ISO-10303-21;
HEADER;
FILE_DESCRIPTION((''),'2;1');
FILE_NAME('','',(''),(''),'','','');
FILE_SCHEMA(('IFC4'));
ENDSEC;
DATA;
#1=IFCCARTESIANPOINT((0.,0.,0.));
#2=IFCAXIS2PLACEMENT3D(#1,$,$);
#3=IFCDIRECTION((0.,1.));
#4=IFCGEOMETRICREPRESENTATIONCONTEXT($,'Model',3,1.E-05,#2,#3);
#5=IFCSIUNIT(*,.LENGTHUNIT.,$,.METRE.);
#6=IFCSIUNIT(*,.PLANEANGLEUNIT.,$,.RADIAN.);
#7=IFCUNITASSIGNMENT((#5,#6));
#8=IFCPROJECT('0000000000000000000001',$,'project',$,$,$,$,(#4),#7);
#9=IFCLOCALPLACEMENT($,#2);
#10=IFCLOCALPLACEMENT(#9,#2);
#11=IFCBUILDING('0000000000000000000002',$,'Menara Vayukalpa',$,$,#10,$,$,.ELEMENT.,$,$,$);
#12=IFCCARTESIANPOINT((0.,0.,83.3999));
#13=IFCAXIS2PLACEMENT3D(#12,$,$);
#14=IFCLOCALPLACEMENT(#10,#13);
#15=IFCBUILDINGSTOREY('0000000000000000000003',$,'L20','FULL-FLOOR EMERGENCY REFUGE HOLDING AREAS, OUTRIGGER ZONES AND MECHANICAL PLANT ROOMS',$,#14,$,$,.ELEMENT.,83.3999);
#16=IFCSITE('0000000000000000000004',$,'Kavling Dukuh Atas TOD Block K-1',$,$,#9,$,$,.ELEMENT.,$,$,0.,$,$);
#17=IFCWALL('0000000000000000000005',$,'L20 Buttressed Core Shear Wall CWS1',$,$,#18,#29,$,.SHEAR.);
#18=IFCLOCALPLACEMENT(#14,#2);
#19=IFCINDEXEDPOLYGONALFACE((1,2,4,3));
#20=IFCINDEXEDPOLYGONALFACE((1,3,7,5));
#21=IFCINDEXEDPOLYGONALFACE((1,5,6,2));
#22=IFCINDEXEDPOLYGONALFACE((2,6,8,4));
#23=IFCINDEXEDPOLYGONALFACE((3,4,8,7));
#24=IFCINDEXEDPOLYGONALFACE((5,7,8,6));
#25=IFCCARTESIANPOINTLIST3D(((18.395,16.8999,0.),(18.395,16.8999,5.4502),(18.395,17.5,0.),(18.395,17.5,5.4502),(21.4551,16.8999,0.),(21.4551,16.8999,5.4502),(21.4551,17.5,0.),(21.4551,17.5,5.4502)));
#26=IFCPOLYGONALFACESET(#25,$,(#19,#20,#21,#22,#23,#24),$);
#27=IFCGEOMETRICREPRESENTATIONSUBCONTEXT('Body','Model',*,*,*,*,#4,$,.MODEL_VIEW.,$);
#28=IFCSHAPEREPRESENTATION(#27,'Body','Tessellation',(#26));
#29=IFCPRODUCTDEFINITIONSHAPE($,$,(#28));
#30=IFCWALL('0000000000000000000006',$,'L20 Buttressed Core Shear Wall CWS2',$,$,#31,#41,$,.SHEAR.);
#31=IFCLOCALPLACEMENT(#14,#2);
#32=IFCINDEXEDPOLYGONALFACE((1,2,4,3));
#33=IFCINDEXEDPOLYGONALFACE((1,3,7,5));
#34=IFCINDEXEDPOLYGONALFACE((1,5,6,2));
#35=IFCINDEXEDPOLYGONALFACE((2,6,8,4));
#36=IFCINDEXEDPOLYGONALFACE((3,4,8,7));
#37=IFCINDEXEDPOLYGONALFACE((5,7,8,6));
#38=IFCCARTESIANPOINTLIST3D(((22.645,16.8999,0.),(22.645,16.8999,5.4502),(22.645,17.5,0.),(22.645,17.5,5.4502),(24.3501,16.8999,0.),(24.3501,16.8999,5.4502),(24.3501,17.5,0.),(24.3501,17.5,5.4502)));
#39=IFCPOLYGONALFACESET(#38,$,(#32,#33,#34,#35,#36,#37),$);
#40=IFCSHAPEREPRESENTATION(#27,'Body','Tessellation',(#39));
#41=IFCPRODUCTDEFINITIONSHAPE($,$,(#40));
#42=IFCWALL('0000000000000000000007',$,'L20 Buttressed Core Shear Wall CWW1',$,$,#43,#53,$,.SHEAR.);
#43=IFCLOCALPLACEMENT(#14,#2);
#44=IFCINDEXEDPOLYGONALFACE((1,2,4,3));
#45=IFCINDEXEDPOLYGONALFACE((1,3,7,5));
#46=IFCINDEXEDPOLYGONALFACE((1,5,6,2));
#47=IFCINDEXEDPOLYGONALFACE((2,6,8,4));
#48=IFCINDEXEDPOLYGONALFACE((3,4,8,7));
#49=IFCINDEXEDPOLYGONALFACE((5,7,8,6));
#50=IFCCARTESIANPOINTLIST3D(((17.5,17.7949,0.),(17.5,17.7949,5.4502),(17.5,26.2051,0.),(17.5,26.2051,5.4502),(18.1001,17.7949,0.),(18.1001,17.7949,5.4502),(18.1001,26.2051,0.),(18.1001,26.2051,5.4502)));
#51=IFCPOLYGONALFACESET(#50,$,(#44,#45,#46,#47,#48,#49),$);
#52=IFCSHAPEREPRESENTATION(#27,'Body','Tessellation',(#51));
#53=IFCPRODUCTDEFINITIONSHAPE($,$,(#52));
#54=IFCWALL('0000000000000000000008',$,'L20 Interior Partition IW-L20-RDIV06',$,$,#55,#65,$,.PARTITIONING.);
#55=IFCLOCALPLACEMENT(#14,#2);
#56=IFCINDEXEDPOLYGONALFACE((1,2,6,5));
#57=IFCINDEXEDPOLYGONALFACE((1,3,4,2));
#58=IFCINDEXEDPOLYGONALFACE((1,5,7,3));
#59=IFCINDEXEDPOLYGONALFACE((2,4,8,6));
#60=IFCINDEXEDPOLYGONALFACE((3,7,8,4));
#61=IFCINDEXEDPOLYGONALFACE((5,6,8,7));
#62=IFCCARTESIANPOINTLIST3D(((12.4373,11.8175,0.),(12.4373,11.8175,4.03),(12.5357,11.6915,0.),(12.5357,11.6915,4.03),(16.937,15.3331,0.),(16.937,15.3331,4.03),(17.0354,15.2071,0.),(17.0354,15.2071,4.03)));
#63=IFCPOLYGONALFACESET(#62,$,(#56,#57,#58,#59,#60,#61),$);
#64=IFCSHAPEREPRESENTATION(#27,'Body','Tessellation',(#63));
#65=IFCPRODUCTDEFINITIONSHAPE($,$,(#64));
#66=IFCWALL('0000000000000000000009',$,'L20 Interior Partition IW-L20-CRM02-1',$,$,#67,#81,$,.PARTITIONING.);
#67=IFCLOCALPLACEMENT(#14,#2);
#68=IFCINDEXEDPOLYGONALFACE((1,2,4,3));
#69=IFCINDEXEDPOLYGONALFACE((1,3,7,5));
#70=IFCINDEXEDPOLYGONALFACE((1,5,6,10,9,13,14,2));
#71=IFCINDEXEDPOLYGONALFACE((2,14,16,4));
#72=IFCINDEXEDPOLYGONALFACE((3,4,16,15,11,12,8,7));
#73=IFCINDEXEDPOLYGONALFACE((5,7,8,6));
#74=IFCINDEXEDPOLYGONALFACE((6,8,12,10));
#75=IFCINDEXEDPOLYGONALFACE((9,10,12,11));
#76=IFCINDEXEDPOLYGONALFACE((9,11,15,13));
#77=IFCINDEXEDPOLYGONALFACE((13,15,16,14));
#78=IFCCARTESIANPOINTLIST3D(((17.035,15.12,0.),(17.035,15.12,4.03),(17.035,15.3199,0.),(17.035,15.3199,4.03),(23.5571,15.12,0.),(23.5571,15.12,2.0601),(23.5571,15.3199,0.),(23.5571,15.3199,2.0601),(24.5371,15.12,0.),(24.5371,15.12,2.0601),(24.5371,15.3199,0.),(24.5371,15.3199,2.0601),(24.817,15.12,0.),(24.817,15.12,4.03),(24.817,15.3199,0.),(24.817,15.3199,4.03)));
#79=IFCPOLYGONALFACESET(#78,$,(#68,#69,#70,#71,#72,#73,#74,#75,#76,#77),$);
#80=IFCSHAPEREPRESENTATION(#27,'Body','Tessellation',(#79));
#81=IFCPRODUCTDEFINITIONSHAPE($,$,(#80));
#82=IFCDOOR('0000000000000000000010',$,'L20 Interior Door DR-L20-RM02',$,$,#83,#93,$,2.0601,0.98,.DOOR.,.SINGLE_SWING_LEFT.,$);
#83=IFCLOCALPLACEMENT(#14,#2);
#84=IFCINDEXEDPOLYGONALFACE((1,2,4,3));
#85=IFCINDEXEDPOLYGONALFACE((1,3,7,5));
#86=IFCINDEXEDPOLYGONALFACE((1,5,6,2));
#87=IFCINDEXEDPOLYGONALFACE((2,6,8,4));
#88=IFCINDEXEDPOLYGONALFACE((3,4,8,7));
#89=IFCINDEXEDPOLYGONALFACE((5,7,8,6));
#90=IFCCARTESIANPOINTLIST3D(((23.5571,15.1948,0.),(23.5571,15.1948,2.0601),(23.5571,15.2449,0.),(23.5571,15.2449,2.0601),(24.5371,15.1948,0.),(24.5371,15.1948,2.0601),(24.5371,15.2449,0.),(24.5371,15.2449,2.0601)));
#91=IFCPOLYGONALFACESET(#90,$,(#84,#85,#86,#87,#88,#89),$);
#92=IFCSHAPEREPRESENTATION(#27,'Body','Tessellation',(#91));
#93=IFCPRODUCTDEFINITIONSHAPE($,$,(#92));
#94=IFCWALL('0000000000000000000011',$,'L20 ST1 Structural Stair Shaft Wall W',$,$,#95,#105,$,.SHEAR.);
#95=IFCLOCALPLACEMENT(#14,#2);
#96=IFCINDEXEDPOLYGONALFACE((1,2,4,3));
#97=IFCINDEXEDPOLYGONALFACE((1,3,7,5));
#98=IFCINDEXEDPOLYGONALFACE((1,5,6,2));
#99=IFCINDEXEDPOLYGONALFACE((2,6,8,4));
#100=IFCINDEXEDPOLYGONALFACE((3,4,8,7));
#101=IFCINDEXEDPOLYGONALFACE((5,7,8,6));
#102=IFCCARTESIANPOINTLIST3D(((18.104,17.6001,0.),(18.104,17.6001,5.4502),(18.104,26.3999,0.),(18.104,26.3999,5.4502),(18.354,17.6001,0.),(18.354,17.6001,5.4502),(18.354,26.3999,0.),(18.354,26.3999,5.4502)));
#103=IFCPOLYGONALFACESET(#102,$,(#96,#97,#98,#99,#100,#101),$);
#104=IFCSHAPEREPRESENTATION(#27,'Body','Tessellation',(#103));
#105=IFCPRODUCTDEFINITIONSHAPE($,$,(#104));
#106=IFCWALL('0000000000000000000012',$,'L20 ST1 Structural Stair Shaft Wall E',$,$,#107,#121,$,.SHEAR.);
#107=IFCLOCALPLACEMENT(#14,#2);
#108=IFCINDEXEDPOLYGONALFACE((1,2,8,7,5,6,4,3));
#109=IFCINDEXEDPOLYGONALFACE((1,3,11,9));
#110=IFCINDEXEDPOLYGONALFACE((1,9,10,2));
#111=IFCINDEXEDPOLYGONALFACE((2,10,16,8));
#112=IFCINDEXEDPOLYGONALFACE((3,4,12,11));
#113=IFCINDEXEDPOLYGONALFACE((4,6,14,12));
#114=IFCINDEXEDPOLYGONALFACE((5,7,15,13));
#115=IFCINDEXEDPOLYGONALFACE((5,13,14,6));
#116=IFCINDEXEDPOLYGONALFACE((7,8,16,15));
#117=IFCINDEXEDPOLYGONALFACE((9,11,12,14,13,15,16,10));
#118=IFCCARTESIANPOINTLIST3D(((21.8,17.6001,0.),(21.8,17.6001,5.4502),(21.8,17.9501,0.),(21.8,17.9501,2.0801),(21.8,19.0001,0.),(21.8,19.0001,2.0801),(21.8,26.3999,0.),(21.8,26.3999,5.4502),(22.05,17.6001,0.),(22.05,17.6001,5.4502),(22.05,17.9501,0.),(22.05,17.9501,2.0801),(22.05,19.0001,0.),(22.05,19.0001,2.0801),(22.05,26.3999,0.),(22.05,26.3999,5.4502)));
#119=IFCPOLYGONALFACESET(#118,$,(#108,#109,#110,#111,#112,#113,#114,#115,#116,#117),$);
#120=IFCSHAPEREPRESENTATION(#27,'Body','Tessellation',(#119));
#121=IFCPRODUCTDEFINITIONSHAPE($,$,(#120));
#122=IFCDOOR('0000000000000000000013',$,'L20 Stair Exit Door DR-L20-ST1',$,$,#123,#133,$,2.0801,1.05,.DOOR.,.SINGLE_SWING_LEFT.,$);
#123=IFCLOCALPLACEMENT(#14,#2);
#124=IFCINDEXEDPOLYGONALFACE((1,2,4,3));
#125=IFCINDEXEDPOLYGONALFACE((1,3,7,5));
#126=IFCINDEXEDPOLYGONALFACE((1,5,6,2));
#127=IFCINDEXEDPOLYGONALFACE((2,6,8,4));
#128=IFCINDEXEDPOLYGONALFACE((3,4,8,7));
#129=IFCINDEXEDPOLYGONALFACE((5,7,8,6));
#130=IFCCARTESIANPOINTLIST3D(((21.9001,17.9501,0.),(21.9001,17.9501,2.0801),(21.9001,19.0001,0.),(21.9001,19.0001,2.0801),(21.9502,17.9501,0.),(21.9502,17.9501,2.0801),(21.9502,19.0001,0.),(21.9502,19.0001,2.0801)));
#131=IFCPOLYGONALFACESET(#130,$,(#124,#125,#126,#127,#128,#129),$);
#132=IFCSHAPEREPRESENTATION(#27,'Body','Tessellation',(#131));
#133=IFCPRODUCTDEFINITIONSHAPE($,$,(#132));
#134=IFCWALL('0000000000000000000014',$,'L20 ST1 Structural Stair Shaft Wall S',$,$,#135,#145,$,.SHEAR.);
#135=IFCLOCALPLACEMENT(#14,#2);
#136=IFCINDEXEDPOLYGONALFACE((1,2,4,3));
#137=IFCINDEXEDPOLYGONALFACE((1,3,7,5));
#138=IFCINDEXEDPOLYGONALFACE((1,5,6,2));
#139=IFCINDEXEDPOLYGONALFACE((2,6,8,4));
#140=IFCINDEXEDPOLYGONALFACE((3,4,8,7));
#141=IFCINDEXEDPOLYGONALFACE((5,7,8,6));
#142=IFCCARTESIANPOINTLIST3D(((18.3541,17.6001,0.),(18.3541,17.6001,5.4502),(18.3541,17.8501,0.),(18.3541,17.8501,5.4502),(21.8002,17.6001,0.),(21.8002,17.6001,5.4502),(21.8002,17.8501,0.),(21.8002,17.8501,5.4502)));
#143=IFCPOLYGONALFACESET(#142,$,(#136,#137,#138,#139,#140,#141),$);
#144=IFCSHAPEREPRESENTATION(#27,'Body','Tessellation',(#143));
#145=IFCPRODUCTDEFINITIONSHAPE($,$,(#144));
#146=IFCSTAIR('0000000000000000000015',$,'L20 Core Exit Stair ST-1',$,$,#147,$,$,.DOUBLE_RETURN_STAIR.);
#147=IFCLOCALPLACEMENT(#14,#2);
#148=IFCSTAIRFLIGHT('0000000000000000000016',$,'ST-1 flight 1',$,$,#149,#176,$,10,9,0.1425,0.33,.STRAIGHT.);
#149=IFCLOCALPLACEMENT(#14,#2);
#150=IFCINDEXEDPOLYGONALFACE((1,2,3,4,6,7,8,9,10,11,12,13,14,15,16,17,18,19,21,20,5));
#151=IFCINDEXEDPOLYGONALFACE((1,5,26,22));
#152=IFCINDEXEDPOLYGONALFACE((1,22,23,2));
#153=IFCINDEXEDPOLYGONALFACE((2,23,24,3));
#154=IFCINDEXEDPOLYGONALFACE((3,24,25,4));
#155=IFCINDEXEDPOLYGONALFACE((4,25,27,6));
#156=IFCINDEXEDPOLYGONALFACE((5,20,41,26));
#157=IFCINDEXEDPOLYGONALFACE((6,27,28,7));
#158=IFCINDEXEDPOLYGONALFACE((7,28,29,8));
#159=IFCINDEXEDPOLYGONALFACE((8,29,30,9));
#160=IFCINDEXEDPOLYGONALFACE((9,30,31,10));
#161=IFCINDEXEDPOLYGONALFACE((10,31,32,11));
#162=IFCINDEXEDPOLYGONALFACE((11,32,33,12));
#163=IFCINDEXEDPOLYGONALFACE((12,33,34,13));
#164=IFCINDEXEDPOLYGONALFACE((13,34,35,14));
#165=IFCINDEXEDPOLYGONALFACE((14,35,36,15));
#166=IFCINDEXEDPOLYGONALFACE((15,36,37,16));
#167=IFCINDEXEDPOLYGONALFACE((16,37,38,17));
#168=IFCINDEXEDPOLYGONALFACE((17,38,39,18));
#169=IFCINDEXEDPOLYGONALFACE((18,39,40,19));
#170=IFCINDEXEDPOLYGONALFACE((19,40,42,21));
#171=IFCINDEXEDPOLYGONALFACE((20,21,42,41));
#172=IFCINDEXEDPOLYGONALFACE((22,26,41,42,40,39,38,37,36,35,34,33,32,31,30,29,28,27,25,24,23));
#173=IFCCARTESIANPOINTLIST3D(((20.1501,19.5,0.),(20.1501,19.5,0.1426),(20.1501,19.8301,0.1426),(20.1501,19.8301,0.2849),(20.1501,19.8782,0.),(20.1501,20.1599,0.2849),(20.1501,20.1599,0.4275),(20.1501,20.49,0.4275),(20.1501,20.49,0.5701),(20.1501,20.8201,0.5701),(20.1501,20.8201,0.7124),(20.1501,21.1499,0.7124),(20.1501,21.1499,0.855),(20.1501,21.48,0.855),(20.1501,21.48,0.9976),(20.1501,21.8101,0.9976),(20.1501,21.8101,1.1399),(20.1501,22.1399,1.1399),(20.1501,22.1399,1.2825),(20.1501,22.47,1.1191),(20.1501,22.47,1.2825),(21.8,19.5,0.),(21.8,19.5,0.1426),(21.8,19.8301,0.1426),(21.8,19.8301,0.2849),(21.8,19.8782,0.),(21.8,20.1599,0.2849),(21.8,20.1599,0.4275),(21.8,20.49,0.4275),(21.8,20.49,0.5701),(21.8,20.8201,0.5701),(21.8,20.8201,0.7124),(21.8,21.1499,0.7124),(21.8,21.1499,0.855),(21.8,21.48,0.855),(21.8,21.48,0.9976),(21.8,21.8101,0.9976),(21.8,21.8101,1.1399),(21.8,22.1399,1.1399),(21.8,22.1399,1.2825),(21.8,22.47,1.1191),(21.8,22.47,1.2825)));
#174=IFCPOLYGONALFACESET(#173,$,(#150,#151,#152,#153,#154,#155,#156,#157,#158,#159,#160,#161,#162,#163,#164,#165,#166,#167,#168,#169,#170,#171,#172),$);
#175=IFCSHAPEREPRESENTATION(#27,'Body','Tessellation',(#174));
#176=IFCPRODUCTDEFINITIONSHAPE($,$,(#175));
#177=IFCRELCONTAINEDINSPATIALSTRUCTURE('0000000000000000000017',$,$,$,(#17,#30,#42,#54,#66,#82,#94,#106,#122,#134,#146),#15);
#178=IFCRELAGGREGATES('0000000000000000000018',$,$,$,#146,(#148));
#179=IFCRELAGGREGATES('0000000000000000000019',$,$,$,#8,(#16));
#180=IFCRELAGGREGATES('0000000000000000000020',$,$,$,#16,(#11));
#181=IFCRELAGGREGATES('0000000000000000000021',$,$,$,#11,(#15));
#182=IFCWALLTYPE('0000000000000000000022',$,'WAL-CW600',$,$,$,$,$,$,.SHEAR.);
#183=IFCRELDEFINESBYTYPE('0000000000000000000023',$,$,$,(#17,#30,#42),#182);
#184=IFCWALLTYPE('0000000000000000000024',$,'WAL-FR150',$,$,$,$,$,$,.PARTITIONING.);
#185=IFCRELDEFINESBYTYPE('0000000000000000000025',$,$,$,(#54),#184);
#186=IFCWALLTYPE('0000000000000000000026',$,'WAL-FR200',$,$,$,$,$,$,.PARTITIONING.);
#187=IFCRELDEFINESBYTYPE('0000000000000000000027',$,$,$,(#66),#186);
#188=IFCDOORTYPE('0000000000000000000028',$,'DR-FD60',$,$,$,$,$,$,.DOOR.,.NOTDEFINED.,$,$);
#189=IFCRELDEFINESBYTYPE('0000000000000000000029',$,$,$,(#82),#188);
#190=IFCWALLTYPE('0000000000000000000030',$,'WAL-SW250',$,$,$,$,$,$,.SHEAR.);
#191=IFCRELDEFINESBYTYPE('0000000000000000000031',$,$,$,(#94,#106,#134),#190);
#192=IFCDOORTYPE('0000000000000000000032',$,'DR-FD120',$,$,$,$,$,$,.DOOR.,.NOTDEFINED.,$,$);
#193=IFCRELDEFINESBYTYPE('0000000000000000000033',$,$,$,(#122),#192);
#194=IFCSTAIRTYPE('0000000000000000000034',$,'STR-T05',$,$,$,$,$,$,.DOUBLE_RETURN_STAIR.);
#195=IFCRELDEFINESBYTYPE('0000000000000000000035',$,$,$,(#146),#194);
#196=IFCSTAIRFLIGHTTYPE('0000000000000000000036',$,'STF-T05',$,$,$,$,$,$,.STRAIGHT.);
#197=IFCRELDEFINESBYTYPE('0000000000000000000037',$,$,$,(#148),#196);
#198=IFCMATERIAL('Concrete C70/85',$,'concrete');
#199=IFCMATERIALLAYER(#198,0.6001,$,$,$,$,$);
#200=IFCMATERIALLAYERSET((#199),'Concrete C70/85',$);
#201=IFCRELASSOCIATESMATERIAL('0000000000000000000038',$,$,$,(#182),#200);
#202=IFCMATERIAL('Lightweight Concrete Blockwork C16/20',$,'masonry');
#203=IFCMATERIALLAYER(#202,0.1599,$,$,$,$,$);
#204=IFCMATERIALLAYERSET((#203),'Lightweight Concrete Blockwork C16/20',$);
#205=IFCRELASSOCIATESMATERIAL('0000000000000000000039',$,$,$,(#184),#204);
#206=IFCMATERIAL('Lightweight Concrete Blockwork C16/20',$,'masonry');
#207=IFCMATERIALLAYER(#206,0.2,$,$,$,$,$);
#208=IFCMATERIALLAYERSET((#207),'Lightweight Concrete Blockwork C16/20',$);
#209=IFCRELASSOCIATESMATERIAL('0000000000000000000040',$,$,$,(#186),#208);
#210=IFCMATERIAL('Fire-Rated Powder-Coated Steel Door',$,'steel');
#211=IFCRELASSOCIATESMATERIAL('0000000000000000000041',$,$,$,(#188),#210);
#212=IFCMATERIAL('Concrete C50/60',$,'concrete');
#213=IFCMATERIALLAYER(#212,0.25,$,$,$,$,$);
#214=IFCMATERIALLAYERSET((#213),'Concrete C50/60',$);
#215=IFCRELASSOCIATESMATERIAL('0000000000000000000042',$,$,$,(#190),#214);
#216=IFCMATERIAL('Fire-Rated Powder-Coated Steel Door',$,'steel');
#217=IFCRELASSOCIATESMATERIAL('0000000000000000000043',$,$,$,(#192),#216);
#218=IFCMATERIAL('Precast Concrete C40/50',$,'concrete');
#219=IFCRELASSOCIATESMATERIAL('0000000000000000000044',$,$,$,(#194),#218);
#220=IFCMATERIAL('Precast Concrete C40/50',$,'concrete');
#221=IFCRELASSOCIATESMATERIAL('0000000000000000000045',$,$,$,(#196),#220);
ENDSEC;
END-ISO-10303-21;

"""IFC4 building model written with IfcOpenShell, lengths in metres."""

from ifc_helpers import new_model, si_unit, direction, frame, frame_2d, origin, place, context, subcontext, project, spatial, polyline, rectangle, outline, extrude, material, layer, layer_set, type_object, element, fill, aggregate, save


model = new_model("IFC4")

# Units and contexts
model_context = context("Model", 3, precision=1e-05, world=origin(), true_north=direction((0.0, 1.0)))
body_context = subcontext(model_context, "Body", "Model", "MODEL_VIEW")
ifc_project = project(units=[si_unit("LENGTHUNIT", "METRE"), si_unit("PLANEANGLEUNIT", "RADIAN")], contexts=[model_context])

# Site, building, storey
site_placement = place(None, origin())
site = spatial("IfcSite", under=ifc_project, at=site_placement, Name="Kavling Dukuh Atas TOD Block K-1", CompositionType="ELEMENT", RefElevation=0.0)
building_placement = place(site_placement, origin())
building = spatial("IfcBuilding", under=site, at=building_placement, Name="Menara Vayukalpa", CompositionType="ELEMENT")
storey_placement = place(building_placement, frame((0.0, 0.0, 83.3999)))
storey = spatial("IfcBuildingStorey", under=building, at=storey_placement, Name="L20", Description="FULL-FLOOR EMERGENCY REFUGE HOLDING AREAS, OUTRIGGER ZONES AND MECHANICAL PLANT ROOMS", CompositionType="ELEMENT", Elevation=83.3999)

# Walls
ifc_material_1 = material(Name="Concrete C70/85", Category="concrete")
ifc_layer_1 = layer(ifc_material_1, 0.6001)
ifc_layer_set_1 = layer_set([ifc_layer_1], Name="Concrete C70/85")
wall_type_1 = type_object("IfcWallType", Name="WAL-CW600", PredefinedType="SHEAR", material=ifc_layer_set_1)
wall_1_placement = place(storey_placement, frame((18.395, 17.2, 0.0), z_axis=(0.0, 0.0, 1.0), x_axis=(1.0, 0.0, 0.0)))
element("IfcWall", 1, at=wall_1_placement, inside=storey, type_object=wall_type_1, Name="L20 Buttressed Core Shear Wall CWS1", PredefinedType="SHEAR", context=body_context, shape_type="SweptSolid", body=[
    extrude(rectangle(XDim=3.0601, YDim=0.6001, at=frame_2d((1.53, 0.0))), origin(), (0.0, 0.0, 1.0), 5.4502),
])
wall_2_placement = place(storey_placement, frame((22.645, 17.2, 0.0), z_axis=(0.0, 0.0, 1.0), x_axis=(1.0, 0.0, 0.0)))
element("IfcWall", 2, at=wall_2_placement, inside=storey, type_object=wall_type_1, Name="L20 Buttressed Core Shear Wall CWS2", PredefinedType="SHEAR", context=body_context, shape_type="SweptSolid", body=[
    extrude(rectangle(XDim=1.7051, YDim=0.6001, at=frame_2d((0.8525, 0.0))), origin(), (0.0, 0.0, 1.0), 5.4502),
])
wall_3_placement = place(storey_placement, frame((17.8, 17.7949, 0.0), z_axis=(0.0, 0.0, 1.0), x_axis=(0.0, 1.0, 0.0)))
element("IfcWall", 3, at=wall_3_placement, inside=storey, type_object=wall_type_1, Name="L20 Buttressed Core Shear Wall CWW1", PredefinedType="SHEAR", context=body_context, shape_type="SweptSolid", body=[
    extrude(rectangle(XDim=8.4102, YDim=0.6001, at=frame_2d((4.2051, 0.0))), origin(), (0.0, 0.0, 1.0), 5.4502),
])
ifc_material_2 = material(Name="Lightweight Concrete Blockwork C16/20", Category="masonry")
ifc_layer_2 = layer(ifc_material_2, 0.1599)
ifc_layer_set_2 = layer_set([ifc_layer_2], Name="Lightweight Concrete Blockwork C16/20")
wall_type_2 = type_object("IfcWallType", Name="WAL-FR150", PredefinedType="PARTITIONING", material=ifc_layer_set_2)
wall_4_placement = place(storey_placement, frame((16.9861, 15.27, 0.0), z_axis=(0.0, 0.0, 1.0), x_axis=(-0.788008, -0.615665, 0.0)))
element("IfcWall", 4, at=wall_4_placement, inside=storey, type_object=wall_type_2, Name="L20 Interior Partition IW-L20-RDIV06", PredefinedType="PARTITIONING", context=body_context, shape_type="SweptSolid", body=[
    extrude(rectangle(XDim=5.7102, YDim=0.1599, at=frame_2d((2.855, 0.0))), origin(), (0.0, 0.0, 1.0), 4.03),
])

# Wall, opening, door
ifc_material_3 = material(Name="Lightweight Concrete Blockwork C16/20", Category="masonry")
ifc_layer_3 = layer(ifc_material_3, 0.2)
ifc_layer_set_3 = layer_set([ifc_layer_3], Name="Lightweight Concrete Blockwork C16/20")
wall_type_3 = type_object("IfcWallType", Name="WAL-FR200", PredefinedType="PARTITIONING", material=ifc_layer_set_3)
wall_5_placement = place(storey_placement, frame((17.0349, 15.22, 0.0), z_axis=(0.0, 0.0, 1.0), x_axis=(1.0, 0.0, 0.0)))
wall_5 = element("IfcWall", 5, at=wall_5_placement, inside=storey, type_object=wall_type_3, Name="L20 Interior Partition IW-L20-CRM02-1", PredefinedType="PARTITIONING", context=body_context, shape_type="SweptSolid", body=[
    extrude(rectangle(XDim=7.782, YDim=0.2, at=frame_2d((3.8911, 0.0))), origin(), (0.0, 0.0, 1.0), 4.03),
])
opening_1_placement = place(wall_5_placement, frame((6.5222, 0.0, 0.0)))
opening_1 = element("IfcOpeningElement", 6, at=opening_1_placement, cuts=wall_5, PredefinedType="OPENING", context=body_context, shape_type="SweptSolid", body=[
    extrude(rectangle(XDim=0.98, YDim=2.0601, at=frame_2d((0.49, 1.03))), frame((0.0, 0.1099, 0.0), z_axis=(0.0, -1.0, 0.0), x_axis=(1.0, 0.0, 0.0)), (0.0, 0.0, 1.0), 0.22),
])
ifc_material_4 = material(Name="Fire-Rated Powder-Coated Steel Door", Category="steel")
door_type_1 = type_object("IfcDoorType", Name="DR-FD60", OperationType="NOTDEFINED", PredefinedType="DOOR", material=ifc_material_4)
door_1_placement = place(opening_1_placement, origin())
door_1 = element("IfcDoor", 7, at=door_1_placement, inside=storey, type_object=door_type_1, Name="L20 Interior Door DR-L20-RM02", OperationType="SINGLE_SWING_LEFT", OverallHeight=2.0601, OverallWidth=0.98, PredefinedType="DOOR", context=body_context, shape_type="SweptSolid", body=[
    extrude(rectangle(XDim=0.98, YDim=2.0601, at=frame_2d((0.49, 1.03))), frame((0.0, 0.0249, 0.0), z_axis=(0.0, -1.0, 0.0), x_axis=(1.0, 0.0, 0.0)), (0.0, 0.0, 1.0), 0.05),
])
fill(opening_1, door_1)

# Wall
ifc_material_5 = material(Name="Concrete C50/60", Category="concrete")
ifc_layer_4 = layer(ifc_material_5, 0.25)
ifc_layer_set_4 = layer_set([ifc_layer_4], Name="Concrete C50/60")
wall_type_4 = type_object("IfcWallType", Name="WAL-SW250", PredefinedType="SHEAR", material=ifc_layer_set_4)
wall_6_placement = place(storey_placement, frame((18.229, 17.6001, 0.0), z_axis=(0.0, 0.0, 1.0), x_axis=(0.0, 1.0, 0.0)))
element("IfcWall", 8, at=wall_6_placement, inside=storey, type_object=wall_type_4, Name="L20 ST1 Structural Stair Shaft Wall W", PredefinedType="SHEAR", context=body_context, shape_type="SweptSolid", body=[
    extrude(rectangle(XDim=8.7998, YDim=0.25, at=frame_2d((4.3999, 0.0))), origin(), (0.0, 0.0, 1.0), 5.4502),
])

# Wall, opening, door
wall_7_placement = place(storey_placement, frame((21.925, 17.6001, 0.0), z_axis=(0.0, 0.0, 1.0), x_axis=(0.0, 1.0, 0.0)))
wall_7 = element("IfcWall", 9, at=wall_7_placement, inside=storey, type_object=wall_type_4, Name="L20 ST1 Structural Stair Shaft Wall E", PredefinedType="SHEAR", context=body_context, shape_type="SweptSolid", body=[
    extrude(rectangle(XDim=8.7998, YDim=0.25, at=frame_2d((4.3999, 0.0))), origin(), (0.0, 0.0, 1.0), 5.4502),
])
opening_2_placement = place(wall_7_placement, frame((0.3501, 0.0, 0.0)))
opening_2 = element("IfcOpeningElement", 10, at=opening_2_placement, cuts=wall_7, PredefinedType="OPENING", context=body_context, shape_type="SweptSolid", body=[
    extrude(rectangle(XDim=1.05, YDim=2.0801, at=frame_2d((0.5249, 1.04))), frame((0.0, 0.135, 0.0), z_axis=(0.0, -1.0, 0.0), x_axis=(1.0, 0.0, 0.0)), (0.0, 0.0, 1.0), 0.27),
])
ifc_material_6 = material(Name="Fire-Rated Powder-Coated Steel Door", Category="steel")
door_type_2 = type_object("IfcDoorType", Name="DR-FD120", OperationType="NOTDEFINED", PredefinedType="DOOR", material=ifc_material_6)
door_2_placement = place(opening_2_placement, origin())
door_2 = element("IfcDoor", 11, at=door_2_placement, inside=storey, type_object=door_type_2, Name="L20 Stair Exit Door DR-L20-ST1", OperationType="SINGLE_SWING_LEFT", OverallHeight=2.0801, OverallWidth=1.05, PredefinedType="DOOR", context=body_context, shape_type="SweptSolid", body=[
    extrude(rectangle(XDim=1.05, YDim=2.0801, at=frame_2d((0.5249, 1.04))), frame((0.0, 0.0249, 0.0), z_axis=(0.0, -1.0, 0.0), x_axis=(1.0, 0.0, 0.0)), (0.0, 0.0, 1.0), 0.05),
])
fill(opening_2, door_2)

# Wall
wall_8_placement = place(storey_placement, frame((18.354, 17.7251, 0.0), z_axis=(0.0, 0.0, 1.0), x_axis=(1.0, 0.0, 0.0)))
element("IfcWall", 12, at=wall_8_placement, inside=storey, type_object=wall_type_4, Name="L20 ST1 Structural Stair Shaft Wall S", PredefinedType="SHEAR", context=body_context, shape_type="SweptSolid", body=[
    extrude(rectangle(XDim=3.446, YDim=0.25, at=frame_2d((1.7231, 0.0))), origin(), (0.0, 0.0, 1.0), 5.4502),
])

# Stair, stair flight
ifc_material_7 = material(Name="Precast Concrete C40/50", Category="concrete")
stair_type = type_object("IfcStairType", Name="STR-T05", PredefinedType="DOUBLE_RETURN_STAIR", material=ifc_material_7)
stair_placement = place(storey_placement, origin())
stair = element("IfcStair", 13, at=stair_placement, inside=storey, type_object=stair_type, Name="L20 Core Exit Stair ST-1", PredefinedType="DOUBLE_RETURN_STAIR")
ifc_material_8 = material(Name="Precast Concrete C40/50", Category="concrete")
stair_flight_type = type_object("IfcStairFlightType", Name="STF-T05", PredefinedType="STRAIGHT", material=ifc_material_8)
stair_flight_1_placement = place(storey_placement, frame((20.9751, 19.5, 0.0), z_axis=(0.0, 0.0, 1.0), x_axis=(0.0, 1.0, 0.0)))
stair_flight_1 = element("IfcStairFlight", 14, at=stair_flight_1_placement, type_object=stair_flight_type, Name="ST-1 flight 1", NumberOfRisers=10, NumberOfTreads=9, PredefinedType="STRAIGHT", RiserHeight=0.1425, TreadLength=0.33, context=body_context, shape_type="SweptSolid", body=[
    extrude(outline(polyline([(0.0, 0.0), (0.0, 0.1426), (0.3301, 0.1426), (0.3301, 0.2849), (0.6599, 0.2849), (0.6599, 0.4275), (0.99, 0.4275), (0.99, 0.5701), (1.3201, 0.5701), (1.3201, 0.7124), (1.6499, 0.7124), (1.6499, 0.855), (1.98, 0.855), (1.98, 0.9976), (2.3101, 0.9976), (2.3101, 1.1399), (2.6399, 1.1399), (2.6399, 1.2825), (2.97, 1.2825), (2.97, 1.425), (2.97, 1.1191), (0.3782, 0.0), (0.0, 0.0)])), frame((0.0, 0.825, 0.0), z_axis=(0.0, -1.0, 0.0), x_axis=(1.0, 0.0, 0.0)), (0.0, 0.0, 1.0), 1.6499),
])
aggregate(stair, [stair_flight_1])

save(model, "model.ifc")
